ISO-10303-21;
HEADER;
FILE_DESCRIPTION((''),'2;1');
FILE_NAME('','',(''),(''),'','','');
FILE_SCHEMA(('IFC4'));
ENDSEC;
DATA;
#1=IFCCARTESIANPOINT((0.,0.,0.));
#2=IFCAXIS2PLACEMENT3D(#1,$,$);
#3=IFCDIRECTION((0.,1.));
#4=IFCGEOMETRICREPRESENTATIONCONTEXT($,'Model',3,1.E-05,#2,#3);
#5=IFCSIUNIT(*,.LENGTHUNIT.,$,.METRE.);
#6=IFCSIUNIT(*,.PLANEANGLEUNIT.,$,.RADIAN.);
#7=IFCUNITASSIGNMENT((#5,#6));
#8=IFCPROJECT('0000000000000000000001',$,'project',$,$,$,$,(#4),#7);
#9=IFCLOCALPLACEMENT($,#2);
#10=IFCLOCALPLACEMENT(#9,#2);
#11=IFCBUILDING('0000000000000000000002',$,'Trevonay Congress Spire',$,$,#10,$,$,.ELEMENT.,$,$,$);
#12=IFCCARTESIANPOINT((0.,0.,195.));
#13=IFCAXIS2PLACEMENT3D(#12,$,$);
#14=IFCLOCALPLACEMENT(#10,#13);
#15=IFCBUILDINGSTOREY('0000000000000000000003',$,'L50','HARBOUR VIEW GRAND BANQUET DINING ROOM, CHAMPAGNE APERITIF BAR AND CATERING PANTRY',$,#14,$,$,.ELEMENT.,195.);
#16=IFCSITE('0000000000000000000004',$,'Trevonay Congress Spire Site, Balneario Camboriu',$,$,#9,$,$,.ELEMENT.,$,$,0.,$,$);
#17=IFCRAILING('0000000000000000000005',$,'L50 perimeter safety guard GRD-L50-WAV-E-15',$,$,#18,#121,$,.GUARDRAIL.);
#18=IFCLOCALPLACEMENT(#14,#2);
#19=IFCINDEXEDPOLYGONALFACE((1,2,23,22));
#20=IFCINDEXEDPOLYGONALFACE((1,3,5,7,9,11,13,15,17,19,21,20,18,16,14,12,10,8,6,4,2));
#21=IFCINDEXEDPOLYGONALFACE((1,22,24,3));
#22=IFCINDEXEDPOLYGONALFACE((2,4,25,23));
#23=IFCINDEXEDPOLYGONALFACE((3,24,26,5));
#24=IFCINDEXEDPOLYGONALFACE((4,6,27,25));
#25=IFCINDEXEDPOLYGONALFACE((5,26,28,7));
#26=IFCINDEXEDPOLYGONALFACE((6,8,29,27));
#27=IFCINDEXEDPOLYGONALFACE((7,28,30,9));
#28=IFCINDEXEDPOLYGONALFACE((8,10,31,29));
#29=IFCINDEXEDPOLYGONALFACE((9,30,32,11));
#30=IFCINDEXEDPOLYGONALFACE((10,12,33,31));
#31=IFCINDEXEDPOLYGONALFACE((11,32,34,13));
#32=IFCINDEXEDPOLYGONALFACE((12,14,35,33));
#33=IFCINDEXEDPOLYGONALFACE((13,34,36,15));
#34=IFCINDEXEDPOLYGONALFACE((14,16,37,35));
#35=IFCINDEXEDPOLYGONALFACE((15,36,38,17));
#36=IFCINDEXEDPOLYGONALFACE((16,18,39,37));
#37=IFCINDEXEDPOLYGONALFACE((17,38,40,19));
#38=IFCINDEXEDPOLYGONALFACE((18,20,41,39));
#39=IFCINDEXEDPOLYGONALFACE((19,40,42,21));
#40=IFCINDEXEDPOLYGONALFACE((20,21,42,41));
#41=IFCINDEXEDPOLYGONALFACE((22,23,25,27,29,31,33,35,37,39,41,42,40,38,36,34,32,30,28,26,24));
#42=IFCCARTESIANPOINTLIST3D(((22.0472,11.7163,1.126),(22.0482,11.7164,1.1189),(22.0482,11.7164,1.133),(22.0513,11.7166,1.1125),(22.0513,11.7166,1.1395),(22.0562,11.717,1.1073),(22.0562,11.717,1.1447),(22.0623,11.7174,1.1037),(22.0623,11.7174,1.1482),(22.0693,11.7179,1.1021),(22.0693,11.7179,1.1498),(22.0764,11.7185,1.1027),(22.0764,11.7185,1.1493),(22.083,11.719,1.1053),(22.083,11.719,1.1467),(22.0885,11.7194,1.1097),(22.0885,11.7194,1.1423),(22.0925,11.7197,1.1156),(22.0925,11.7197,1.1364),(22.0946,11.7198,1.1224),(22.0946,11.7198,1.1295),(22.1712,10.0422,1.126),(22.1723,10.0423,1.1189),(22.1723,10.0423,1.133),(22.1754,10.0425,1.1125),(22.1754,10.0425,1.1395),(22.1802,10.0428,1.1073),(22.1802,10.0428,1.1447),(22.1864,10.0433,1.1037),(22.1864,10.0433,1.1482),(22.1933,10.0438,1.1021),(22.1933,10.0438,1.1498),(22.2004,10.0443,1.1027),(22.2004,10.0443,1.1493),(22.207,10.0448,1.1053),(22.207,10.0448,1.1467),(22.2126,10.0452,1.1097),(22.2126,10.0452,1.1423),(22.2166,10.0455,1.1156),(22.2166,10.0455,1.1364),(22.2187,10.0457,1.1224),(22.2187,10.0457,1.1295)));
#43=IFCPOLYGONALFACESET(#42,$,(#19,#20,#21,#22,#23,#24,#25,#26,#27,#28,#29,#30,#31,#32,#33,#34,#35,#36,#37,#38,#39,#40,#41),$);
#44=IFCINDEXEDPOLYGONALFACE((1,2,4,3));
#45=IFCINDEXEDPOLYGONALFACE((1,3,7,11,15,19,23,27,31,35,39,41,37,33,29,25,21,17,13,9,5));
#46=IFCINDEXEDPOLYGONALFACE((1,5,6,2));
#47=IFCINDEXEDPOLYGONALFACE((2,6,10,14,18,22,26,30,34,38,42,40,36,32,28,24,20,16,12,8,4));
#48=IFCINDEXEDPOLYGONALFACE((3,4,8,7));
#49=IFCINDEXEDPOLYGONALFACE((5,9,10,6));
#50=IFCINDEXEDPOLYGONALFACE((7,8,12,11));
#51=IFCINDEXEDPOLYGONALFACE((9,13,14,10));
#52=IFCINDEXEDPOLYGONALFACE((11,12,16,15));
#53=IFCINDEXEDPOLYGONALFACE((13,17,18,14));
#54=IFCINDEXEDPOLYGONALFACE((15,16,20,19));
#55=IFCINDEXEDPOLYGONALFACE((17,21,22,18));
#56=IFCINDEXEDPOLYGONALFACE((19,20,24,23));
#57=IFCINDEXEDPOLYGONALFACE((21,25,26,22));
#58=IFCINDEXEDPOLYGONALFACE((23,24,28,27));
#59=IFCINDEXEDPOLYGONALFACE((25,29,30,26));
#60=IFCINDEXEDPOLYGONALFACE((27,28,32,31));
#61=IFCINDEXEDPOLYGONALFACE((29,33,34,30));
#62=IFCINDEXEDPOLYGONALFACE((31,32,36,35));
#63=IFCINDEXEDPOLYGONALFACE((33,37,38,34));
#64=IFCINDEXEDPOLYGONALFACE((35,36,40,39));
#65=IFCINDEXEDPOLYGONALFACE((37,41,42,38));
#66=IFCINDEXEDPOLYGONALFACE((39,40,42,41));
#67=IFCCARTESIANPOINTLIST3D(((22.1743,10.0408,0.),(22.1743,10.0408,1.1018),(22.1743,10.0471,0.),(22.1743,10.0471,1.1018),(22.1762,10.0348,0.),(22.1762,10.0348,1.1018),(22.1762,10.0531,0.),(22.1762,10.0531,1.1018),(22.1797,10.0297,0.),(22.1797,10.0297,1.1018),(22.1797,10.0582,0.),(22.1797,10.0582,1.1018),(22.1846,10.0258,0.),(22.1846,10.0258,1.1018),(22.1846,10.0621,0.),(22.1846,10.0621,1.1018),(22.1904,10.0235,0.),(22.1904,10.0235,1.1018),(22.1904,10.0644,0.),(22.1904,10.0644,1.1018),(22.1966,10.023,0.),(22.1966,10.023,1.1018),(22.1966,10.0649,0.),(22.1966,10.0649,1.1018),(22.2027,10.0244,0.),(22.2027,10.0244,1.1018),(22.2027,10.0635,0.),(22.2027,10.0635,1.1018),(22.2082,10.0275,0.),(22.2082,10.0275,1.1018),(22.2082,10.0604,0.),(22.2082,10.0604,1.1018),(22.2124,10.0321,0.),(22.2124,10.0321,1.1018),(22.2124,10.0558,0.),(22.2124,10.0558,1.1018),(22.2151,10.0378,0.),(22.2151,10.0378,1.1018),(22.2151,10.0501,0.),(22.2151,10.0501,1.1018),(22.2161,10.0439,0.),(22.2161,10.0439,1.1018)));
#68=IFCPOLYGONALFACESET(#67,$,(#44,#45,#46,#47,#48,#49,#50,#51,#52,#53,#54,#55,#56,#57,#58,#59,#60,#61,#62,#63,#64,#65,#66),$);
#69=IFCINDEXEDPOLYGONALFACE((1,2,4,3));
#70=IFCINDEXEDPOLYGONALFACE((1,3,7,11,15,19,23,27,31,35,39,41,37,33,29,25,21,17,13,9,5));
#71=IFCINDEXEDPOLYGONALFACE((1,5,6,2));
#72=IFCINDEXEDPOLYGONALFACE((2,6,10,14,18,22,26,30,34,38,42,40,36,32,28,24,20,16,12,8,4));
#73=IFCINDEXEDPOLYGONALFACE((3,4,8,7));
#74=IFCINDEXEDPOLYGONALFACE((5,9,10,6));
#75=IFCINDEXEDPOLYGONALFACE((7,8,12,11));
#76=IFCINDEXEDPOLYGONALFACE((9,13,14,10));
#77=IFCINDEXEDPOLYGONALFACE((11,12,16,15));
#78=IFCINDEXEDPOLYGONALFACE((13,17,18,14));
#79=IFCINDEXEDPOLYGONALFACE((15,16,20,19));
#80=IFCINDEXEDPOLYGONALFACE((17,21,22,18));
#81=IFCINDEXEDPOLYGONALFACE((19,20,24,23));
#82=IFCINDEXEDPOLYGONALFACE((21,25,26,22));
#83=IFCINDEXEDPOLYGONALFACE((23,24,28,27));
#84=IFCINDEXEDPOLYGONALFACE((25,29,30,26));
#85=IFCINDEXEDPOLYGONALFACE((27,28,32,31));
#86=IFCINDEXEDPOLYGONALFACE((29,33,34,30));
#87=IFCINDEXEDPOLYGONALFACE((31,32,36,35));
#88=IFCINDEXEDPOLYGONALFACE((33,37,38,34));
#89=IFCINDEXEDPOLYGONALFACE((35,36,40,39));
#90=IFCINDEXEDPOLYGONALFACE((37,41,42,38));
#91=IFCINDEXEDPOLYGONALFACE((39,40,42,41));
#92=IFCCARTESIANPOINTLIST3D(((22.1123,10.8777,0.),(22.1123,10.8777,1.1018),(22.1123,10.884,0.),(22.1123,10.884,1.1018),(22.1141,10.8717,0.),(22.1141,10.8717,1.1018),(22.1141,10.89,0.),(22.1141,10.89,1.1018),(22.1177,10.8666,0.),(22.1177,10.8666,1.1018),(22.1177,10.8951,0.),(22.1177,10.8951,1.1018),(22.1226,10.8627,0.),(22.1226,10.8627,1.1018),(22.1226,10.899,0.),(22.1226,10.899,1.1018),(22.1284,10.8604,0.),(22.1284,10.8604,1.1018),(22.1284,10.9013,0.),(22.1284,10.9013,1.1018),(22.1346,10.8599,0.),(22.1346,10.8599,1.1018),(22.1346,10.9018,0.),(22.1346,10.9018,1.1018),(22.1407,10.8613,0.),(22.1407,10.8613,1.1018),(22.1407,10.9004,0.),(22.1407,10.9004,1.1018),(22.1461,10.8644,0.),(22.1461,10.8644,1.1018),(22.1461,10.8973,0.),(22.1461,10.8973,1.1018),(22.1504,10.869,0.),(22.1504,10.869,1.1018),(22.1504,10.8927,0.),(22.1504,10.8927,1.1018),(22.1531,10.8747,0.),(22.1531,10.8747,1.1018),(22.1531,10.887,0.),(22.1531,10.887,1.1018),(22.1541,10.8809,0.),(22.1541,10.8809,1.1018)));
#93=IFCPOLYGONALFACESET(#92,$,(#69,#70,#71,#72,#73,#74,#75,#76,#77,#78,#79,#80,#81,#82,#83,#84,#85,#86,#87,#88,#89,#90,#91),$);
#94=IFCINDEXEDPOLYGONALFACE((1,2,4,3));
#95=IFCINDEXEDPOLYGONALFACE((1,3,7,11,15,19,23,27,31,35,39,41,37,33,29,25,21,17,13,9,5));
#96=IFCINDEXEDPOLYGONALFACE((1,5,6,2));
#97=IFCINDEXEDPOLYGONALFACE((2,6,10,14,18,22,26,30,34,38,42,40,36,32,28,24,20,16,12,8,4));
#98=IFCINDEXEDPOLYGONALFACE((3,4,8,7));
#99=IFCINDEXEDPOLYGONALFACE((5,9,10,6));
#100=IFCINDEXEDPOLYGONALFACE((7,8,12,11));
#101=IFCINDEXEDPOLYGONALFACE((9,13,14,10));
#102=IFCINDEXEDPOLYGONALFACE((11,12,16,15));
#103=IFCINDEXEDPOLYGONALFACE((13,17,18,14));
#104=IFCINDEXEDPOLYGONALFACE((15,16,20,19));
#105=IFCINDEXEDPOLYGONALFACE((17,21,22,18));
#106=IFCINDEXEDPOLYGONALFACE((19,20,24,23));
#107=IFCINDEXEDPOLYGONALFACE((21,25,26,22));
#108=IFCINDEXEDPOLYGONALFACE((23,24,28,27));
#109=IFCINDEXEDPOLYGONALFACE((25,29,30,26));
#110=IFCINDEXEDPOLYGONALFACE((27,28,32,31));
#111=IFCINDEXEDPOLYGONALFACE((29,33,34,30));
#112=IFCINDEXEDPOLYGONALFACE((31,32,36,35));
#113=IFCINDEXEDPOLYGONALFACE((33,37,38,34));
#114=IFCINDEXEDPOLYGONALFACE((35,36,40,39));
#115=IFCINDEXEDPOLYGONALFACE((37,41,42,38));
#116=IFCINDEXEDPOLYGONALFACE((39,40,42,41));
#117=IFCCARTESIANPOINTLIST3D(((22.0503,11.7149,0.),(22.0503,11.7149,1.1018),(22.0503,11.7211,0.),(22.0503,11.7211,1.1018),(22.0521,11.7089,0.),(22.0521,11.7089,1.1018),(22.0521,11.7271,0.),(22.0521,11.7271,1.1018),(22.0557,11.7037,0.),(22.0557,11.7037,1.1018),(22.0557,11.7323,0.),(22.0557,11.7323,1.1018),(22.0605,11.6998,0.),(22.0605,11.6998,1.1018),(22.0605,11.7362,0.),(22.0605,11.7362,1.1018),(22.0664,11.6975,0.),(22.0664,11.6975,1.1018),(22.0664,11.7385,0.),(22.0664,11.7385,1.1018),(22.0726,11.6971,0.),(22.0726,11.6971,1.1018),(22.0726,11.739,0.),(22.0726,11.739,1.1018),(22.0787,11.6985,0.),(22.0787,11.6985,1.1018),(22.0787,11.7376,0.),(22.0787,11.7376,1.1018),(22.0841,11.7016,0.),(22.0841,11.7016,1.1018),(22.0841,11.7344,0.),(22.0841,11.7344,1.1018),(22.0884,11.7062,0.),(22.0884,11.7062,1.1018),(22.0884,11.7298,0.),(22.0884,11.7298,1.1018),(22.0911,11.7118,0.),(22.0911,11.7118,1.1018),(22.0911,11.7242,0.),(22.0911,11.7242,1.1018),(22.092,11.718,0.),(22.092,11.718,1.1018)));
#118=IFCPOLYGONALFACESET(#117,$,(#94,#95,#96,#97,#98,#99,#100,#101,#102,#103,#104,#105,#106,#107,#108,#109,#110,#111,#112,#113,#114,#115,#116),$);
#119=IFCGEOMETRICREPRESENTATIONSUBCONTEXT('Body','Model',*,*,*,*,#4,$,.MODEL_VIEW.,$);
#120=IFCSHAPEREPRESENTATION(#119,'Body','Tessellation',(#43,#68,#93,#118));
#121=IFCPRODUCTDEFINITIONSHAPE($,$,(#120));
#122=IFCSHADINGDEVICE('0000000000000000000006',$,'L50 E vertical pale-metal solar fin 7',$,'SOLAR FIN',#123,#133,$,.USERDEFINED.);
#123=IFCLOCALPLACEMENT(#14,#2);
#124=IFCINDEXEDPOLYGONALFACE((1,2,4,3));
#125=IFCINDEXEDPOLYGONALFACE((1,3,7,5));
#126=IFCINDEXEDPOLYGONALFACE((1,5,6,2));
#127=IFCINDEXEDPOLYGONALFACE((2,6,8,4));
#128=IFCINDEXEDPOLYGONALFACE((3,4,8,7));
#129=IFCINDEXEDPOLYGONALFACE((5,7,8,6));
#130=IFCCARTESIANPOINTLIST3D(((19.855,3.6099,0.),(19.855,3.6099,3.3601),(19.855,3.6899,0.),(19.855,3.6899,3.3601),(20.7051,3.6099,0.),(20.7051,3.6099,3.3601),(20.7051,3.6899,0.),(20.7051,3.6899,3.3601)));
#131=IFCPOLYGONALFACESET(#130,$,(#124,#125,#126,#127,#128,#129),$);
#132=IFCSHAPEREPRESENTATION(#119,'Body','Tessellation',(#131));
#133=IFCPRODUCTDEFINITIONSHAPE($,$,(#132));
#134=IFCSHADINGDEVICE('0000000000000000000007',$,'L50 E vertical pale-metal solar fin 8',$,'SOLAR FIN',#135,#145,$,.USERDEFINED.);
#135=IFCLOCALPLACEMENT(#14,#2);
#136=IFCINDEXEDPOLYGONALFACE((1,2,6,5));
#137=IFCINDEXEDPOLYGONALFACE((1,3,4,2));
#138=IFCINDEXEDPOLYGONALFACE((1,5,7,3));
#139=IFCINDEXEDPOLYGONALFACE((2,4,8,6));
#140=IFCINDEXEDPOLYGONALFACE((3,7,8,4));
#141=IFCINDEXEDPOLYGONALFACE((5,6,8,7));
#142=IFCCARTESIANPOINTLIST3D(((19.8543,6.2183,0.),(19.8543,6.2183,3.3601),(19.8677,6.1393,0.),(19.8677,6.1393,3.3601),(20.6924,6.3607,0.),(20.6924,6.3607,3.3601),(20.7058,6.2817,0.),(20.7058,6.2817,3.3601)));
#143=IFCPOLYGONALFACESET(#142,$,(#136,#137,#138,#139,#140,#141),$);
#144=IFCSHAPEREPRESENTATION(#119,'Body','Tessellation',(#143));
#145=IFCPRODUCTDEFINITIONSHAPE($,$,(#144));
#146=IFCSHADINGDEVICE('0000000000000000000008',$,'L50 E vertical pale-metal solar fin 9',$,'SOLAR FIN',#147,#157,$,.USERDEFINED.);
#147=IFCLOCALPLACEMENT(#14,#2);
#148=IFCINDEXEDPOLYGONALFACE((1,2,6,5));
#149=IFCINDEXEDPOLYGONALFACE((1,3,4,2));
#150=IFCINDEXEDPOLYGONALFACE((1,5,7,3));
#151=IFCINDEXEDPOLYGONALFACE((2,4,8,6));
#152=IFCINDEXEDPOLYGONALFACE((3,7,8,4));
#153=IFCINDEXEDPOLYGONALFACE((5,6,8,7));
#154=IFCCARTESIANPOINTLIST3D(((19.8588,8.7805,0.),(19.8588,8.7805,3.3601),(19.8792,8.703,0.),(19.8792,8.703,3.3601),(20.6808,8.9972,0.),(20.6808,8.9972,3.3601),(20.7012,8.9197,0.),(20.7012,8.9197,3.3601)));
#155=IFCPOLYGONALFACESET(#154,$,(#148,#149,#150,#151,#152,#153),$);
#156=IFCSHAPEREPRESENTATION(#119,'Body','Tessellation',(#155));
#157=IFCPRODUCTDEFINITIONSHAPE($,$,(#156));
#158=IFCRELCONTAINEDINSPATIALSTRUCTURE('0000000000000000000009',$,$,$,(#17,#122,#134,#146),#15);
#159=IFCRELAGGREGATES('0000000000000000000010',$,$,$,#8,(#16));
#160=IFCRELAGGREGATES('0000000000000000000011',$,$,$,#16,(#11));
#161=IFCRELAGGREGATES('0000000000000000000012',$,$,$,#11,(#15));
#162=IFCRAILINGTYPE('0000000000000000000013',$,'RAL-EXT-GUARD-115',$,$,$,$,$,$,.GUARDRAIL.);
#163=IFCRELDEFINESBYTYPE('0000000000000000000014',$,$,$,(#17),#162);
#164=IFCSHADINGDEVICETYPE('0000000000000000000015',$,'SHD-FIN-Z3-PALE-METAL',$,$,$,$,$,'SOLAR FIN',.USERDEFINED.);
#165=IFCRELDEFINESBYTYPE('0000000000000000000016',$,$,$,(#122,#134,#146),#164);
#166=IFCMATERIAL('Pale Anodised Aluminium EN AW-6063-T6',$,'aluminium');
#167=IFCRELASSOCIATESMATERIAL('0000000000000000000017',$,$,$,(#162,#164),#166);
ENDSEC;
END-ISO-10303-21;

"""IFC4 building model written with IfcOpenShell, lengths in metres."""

from ifc_helpers import new_model, si_unit, direction, frame, origin, origin_2d, place, context, subcontext, project, spatial, rectangle, circle, extrude, material, type_object, element, save


model = new_model("IFC4")

# Units and contexts
model_context = context("Model", 3, precision=1e-05, world=origin(), true_north=direction((0.0, 1.0)))
body_context = subcontext(model_context, "Body", "Model", "MODEL_VIEW")
ifc_project = project(units=[si_unit("LENGTHUNIT", "METRE"), si_unit("PLANEANGLEUNIT", "RADIAN")], contexts=[model_context])

# Site, building, storey
site_placement = place(None, origin())
site = spatial("IfcSite", under=ifc_project, at=site_placement, Name="Trevonay Congress Spire Site, Balneario Camboriu", CompositionType="ELEMENT", RefElevation=0.0)
building_placement = place(site_placement, origin())
building = spatial("IfcBuilding", under=site, at=building_placement, Name="Trevonay Congress Spire", CompositionType="ELEMENT")
storey_placement = place(building_placement, frame((0.0, 0.0, 195.0)))
storey = spatial("IfcBuildingStorey", under=building, at=storey_placement, Name="L50", Description="HARBOUR VIEW GRAND BANQUET DINING ROOM, CHAMPAGNE APERITIF BAR AND CATERING PANTRY", CompositionType="ELEMENT", Elevation=195.0)

# Shared definitions
ifc_material_1 = material(Name="Pale Anodised Aluminium EN AW-6063-T6", Category="aluminium")

# Railing
railing_type = type_object("IfcRailingType", Name="RAL-EXT-GUARD-115", PredefinedType="GUARDRAIL", material=ifc_material_1)
railing_1_placement = place(storey_placement, frame((22.1951, 10.0439, 0.0)))
element("IfcRailing", 1, at=railing_1_placement, inside=storey, type_object=railing_type, Name="L50 perimeter safety guard GRD-L50-WAV-E-15", PredefinedType="GUARDRAIL", context=body_context, shape_type="SweptSolid", body=[
    extrude(circle(Radius=0.0239, at=origin_2d()), frame((0.0, 0.0, 1.126), z_axis=(-0.073882, 0.997267, 0.0), x_axis=(-0.997267, -0.073882, 0.0)), (0.0, 0.0, 1.0), 1.6787),
    extrude(circle(Radius=0.021, at=origin_2d()), origin(), (0.0, 0.0, 1.0), 1.1018),
    extrude(circle(Radius=0.021, at=origin_2d()), frame((-0.062, 0.8369, 0.0)), (0.0, 0.0, 1.0), 1.1018),
    extrude(circle(Radius=0.021, at=origin_2d()), frame((-0.124, 1.6741, 0.0)), (0.0, 0.0, 1.0), 1.1018),
])

# Shading devices
shading_device_type = type_object("IfcShadingDeviceType", Name="SHD-FIN-Z3-PALE-METAL", ElementType="SOLAR FIN", PredefinedType="USERDEFINED", material=ifc_material_1)
for number, where, z_axis, x_axis, name in (
    (2, (20.28, 3.6499, 0.0), (0.0, 0.0, 1.0), (0.0, 1.0, 0.0), "L50 E vertical pale-metal solar fin 7"),
    (3, (20.28, 6.25, 0.0), (0.0, 0.0, 1.0), (-0.167457, 0.985879, 0.0), "L50 E vertical pale-metal solar fin 8"),
    (4, (20.28, 8.8501, 0.0), (0.0, 0.0, 1.0), (-0.254939, 0.966957, 0.0), "L50 E vertical pale-metal solar fin 9"),
):
    element("IfcShadingDevice", number, at=place(storey_placement, frame(where, z_axis=z_axis, x_axis=x_axis)), inside=storey, type_object=shading_device_type, Name=name, ObjectType="SOLAR FIN", PredefinedType="USERDEFINED", context=body_context, shape_type="SweptSolid", body=[
        extrude(rectangle(XDim=0.0801, YDim=0.8501, at=origin_2d()), origin(), (0.0, 0.0, 1.0), 3.3601),
    ])

save(model, "model.ifc")
